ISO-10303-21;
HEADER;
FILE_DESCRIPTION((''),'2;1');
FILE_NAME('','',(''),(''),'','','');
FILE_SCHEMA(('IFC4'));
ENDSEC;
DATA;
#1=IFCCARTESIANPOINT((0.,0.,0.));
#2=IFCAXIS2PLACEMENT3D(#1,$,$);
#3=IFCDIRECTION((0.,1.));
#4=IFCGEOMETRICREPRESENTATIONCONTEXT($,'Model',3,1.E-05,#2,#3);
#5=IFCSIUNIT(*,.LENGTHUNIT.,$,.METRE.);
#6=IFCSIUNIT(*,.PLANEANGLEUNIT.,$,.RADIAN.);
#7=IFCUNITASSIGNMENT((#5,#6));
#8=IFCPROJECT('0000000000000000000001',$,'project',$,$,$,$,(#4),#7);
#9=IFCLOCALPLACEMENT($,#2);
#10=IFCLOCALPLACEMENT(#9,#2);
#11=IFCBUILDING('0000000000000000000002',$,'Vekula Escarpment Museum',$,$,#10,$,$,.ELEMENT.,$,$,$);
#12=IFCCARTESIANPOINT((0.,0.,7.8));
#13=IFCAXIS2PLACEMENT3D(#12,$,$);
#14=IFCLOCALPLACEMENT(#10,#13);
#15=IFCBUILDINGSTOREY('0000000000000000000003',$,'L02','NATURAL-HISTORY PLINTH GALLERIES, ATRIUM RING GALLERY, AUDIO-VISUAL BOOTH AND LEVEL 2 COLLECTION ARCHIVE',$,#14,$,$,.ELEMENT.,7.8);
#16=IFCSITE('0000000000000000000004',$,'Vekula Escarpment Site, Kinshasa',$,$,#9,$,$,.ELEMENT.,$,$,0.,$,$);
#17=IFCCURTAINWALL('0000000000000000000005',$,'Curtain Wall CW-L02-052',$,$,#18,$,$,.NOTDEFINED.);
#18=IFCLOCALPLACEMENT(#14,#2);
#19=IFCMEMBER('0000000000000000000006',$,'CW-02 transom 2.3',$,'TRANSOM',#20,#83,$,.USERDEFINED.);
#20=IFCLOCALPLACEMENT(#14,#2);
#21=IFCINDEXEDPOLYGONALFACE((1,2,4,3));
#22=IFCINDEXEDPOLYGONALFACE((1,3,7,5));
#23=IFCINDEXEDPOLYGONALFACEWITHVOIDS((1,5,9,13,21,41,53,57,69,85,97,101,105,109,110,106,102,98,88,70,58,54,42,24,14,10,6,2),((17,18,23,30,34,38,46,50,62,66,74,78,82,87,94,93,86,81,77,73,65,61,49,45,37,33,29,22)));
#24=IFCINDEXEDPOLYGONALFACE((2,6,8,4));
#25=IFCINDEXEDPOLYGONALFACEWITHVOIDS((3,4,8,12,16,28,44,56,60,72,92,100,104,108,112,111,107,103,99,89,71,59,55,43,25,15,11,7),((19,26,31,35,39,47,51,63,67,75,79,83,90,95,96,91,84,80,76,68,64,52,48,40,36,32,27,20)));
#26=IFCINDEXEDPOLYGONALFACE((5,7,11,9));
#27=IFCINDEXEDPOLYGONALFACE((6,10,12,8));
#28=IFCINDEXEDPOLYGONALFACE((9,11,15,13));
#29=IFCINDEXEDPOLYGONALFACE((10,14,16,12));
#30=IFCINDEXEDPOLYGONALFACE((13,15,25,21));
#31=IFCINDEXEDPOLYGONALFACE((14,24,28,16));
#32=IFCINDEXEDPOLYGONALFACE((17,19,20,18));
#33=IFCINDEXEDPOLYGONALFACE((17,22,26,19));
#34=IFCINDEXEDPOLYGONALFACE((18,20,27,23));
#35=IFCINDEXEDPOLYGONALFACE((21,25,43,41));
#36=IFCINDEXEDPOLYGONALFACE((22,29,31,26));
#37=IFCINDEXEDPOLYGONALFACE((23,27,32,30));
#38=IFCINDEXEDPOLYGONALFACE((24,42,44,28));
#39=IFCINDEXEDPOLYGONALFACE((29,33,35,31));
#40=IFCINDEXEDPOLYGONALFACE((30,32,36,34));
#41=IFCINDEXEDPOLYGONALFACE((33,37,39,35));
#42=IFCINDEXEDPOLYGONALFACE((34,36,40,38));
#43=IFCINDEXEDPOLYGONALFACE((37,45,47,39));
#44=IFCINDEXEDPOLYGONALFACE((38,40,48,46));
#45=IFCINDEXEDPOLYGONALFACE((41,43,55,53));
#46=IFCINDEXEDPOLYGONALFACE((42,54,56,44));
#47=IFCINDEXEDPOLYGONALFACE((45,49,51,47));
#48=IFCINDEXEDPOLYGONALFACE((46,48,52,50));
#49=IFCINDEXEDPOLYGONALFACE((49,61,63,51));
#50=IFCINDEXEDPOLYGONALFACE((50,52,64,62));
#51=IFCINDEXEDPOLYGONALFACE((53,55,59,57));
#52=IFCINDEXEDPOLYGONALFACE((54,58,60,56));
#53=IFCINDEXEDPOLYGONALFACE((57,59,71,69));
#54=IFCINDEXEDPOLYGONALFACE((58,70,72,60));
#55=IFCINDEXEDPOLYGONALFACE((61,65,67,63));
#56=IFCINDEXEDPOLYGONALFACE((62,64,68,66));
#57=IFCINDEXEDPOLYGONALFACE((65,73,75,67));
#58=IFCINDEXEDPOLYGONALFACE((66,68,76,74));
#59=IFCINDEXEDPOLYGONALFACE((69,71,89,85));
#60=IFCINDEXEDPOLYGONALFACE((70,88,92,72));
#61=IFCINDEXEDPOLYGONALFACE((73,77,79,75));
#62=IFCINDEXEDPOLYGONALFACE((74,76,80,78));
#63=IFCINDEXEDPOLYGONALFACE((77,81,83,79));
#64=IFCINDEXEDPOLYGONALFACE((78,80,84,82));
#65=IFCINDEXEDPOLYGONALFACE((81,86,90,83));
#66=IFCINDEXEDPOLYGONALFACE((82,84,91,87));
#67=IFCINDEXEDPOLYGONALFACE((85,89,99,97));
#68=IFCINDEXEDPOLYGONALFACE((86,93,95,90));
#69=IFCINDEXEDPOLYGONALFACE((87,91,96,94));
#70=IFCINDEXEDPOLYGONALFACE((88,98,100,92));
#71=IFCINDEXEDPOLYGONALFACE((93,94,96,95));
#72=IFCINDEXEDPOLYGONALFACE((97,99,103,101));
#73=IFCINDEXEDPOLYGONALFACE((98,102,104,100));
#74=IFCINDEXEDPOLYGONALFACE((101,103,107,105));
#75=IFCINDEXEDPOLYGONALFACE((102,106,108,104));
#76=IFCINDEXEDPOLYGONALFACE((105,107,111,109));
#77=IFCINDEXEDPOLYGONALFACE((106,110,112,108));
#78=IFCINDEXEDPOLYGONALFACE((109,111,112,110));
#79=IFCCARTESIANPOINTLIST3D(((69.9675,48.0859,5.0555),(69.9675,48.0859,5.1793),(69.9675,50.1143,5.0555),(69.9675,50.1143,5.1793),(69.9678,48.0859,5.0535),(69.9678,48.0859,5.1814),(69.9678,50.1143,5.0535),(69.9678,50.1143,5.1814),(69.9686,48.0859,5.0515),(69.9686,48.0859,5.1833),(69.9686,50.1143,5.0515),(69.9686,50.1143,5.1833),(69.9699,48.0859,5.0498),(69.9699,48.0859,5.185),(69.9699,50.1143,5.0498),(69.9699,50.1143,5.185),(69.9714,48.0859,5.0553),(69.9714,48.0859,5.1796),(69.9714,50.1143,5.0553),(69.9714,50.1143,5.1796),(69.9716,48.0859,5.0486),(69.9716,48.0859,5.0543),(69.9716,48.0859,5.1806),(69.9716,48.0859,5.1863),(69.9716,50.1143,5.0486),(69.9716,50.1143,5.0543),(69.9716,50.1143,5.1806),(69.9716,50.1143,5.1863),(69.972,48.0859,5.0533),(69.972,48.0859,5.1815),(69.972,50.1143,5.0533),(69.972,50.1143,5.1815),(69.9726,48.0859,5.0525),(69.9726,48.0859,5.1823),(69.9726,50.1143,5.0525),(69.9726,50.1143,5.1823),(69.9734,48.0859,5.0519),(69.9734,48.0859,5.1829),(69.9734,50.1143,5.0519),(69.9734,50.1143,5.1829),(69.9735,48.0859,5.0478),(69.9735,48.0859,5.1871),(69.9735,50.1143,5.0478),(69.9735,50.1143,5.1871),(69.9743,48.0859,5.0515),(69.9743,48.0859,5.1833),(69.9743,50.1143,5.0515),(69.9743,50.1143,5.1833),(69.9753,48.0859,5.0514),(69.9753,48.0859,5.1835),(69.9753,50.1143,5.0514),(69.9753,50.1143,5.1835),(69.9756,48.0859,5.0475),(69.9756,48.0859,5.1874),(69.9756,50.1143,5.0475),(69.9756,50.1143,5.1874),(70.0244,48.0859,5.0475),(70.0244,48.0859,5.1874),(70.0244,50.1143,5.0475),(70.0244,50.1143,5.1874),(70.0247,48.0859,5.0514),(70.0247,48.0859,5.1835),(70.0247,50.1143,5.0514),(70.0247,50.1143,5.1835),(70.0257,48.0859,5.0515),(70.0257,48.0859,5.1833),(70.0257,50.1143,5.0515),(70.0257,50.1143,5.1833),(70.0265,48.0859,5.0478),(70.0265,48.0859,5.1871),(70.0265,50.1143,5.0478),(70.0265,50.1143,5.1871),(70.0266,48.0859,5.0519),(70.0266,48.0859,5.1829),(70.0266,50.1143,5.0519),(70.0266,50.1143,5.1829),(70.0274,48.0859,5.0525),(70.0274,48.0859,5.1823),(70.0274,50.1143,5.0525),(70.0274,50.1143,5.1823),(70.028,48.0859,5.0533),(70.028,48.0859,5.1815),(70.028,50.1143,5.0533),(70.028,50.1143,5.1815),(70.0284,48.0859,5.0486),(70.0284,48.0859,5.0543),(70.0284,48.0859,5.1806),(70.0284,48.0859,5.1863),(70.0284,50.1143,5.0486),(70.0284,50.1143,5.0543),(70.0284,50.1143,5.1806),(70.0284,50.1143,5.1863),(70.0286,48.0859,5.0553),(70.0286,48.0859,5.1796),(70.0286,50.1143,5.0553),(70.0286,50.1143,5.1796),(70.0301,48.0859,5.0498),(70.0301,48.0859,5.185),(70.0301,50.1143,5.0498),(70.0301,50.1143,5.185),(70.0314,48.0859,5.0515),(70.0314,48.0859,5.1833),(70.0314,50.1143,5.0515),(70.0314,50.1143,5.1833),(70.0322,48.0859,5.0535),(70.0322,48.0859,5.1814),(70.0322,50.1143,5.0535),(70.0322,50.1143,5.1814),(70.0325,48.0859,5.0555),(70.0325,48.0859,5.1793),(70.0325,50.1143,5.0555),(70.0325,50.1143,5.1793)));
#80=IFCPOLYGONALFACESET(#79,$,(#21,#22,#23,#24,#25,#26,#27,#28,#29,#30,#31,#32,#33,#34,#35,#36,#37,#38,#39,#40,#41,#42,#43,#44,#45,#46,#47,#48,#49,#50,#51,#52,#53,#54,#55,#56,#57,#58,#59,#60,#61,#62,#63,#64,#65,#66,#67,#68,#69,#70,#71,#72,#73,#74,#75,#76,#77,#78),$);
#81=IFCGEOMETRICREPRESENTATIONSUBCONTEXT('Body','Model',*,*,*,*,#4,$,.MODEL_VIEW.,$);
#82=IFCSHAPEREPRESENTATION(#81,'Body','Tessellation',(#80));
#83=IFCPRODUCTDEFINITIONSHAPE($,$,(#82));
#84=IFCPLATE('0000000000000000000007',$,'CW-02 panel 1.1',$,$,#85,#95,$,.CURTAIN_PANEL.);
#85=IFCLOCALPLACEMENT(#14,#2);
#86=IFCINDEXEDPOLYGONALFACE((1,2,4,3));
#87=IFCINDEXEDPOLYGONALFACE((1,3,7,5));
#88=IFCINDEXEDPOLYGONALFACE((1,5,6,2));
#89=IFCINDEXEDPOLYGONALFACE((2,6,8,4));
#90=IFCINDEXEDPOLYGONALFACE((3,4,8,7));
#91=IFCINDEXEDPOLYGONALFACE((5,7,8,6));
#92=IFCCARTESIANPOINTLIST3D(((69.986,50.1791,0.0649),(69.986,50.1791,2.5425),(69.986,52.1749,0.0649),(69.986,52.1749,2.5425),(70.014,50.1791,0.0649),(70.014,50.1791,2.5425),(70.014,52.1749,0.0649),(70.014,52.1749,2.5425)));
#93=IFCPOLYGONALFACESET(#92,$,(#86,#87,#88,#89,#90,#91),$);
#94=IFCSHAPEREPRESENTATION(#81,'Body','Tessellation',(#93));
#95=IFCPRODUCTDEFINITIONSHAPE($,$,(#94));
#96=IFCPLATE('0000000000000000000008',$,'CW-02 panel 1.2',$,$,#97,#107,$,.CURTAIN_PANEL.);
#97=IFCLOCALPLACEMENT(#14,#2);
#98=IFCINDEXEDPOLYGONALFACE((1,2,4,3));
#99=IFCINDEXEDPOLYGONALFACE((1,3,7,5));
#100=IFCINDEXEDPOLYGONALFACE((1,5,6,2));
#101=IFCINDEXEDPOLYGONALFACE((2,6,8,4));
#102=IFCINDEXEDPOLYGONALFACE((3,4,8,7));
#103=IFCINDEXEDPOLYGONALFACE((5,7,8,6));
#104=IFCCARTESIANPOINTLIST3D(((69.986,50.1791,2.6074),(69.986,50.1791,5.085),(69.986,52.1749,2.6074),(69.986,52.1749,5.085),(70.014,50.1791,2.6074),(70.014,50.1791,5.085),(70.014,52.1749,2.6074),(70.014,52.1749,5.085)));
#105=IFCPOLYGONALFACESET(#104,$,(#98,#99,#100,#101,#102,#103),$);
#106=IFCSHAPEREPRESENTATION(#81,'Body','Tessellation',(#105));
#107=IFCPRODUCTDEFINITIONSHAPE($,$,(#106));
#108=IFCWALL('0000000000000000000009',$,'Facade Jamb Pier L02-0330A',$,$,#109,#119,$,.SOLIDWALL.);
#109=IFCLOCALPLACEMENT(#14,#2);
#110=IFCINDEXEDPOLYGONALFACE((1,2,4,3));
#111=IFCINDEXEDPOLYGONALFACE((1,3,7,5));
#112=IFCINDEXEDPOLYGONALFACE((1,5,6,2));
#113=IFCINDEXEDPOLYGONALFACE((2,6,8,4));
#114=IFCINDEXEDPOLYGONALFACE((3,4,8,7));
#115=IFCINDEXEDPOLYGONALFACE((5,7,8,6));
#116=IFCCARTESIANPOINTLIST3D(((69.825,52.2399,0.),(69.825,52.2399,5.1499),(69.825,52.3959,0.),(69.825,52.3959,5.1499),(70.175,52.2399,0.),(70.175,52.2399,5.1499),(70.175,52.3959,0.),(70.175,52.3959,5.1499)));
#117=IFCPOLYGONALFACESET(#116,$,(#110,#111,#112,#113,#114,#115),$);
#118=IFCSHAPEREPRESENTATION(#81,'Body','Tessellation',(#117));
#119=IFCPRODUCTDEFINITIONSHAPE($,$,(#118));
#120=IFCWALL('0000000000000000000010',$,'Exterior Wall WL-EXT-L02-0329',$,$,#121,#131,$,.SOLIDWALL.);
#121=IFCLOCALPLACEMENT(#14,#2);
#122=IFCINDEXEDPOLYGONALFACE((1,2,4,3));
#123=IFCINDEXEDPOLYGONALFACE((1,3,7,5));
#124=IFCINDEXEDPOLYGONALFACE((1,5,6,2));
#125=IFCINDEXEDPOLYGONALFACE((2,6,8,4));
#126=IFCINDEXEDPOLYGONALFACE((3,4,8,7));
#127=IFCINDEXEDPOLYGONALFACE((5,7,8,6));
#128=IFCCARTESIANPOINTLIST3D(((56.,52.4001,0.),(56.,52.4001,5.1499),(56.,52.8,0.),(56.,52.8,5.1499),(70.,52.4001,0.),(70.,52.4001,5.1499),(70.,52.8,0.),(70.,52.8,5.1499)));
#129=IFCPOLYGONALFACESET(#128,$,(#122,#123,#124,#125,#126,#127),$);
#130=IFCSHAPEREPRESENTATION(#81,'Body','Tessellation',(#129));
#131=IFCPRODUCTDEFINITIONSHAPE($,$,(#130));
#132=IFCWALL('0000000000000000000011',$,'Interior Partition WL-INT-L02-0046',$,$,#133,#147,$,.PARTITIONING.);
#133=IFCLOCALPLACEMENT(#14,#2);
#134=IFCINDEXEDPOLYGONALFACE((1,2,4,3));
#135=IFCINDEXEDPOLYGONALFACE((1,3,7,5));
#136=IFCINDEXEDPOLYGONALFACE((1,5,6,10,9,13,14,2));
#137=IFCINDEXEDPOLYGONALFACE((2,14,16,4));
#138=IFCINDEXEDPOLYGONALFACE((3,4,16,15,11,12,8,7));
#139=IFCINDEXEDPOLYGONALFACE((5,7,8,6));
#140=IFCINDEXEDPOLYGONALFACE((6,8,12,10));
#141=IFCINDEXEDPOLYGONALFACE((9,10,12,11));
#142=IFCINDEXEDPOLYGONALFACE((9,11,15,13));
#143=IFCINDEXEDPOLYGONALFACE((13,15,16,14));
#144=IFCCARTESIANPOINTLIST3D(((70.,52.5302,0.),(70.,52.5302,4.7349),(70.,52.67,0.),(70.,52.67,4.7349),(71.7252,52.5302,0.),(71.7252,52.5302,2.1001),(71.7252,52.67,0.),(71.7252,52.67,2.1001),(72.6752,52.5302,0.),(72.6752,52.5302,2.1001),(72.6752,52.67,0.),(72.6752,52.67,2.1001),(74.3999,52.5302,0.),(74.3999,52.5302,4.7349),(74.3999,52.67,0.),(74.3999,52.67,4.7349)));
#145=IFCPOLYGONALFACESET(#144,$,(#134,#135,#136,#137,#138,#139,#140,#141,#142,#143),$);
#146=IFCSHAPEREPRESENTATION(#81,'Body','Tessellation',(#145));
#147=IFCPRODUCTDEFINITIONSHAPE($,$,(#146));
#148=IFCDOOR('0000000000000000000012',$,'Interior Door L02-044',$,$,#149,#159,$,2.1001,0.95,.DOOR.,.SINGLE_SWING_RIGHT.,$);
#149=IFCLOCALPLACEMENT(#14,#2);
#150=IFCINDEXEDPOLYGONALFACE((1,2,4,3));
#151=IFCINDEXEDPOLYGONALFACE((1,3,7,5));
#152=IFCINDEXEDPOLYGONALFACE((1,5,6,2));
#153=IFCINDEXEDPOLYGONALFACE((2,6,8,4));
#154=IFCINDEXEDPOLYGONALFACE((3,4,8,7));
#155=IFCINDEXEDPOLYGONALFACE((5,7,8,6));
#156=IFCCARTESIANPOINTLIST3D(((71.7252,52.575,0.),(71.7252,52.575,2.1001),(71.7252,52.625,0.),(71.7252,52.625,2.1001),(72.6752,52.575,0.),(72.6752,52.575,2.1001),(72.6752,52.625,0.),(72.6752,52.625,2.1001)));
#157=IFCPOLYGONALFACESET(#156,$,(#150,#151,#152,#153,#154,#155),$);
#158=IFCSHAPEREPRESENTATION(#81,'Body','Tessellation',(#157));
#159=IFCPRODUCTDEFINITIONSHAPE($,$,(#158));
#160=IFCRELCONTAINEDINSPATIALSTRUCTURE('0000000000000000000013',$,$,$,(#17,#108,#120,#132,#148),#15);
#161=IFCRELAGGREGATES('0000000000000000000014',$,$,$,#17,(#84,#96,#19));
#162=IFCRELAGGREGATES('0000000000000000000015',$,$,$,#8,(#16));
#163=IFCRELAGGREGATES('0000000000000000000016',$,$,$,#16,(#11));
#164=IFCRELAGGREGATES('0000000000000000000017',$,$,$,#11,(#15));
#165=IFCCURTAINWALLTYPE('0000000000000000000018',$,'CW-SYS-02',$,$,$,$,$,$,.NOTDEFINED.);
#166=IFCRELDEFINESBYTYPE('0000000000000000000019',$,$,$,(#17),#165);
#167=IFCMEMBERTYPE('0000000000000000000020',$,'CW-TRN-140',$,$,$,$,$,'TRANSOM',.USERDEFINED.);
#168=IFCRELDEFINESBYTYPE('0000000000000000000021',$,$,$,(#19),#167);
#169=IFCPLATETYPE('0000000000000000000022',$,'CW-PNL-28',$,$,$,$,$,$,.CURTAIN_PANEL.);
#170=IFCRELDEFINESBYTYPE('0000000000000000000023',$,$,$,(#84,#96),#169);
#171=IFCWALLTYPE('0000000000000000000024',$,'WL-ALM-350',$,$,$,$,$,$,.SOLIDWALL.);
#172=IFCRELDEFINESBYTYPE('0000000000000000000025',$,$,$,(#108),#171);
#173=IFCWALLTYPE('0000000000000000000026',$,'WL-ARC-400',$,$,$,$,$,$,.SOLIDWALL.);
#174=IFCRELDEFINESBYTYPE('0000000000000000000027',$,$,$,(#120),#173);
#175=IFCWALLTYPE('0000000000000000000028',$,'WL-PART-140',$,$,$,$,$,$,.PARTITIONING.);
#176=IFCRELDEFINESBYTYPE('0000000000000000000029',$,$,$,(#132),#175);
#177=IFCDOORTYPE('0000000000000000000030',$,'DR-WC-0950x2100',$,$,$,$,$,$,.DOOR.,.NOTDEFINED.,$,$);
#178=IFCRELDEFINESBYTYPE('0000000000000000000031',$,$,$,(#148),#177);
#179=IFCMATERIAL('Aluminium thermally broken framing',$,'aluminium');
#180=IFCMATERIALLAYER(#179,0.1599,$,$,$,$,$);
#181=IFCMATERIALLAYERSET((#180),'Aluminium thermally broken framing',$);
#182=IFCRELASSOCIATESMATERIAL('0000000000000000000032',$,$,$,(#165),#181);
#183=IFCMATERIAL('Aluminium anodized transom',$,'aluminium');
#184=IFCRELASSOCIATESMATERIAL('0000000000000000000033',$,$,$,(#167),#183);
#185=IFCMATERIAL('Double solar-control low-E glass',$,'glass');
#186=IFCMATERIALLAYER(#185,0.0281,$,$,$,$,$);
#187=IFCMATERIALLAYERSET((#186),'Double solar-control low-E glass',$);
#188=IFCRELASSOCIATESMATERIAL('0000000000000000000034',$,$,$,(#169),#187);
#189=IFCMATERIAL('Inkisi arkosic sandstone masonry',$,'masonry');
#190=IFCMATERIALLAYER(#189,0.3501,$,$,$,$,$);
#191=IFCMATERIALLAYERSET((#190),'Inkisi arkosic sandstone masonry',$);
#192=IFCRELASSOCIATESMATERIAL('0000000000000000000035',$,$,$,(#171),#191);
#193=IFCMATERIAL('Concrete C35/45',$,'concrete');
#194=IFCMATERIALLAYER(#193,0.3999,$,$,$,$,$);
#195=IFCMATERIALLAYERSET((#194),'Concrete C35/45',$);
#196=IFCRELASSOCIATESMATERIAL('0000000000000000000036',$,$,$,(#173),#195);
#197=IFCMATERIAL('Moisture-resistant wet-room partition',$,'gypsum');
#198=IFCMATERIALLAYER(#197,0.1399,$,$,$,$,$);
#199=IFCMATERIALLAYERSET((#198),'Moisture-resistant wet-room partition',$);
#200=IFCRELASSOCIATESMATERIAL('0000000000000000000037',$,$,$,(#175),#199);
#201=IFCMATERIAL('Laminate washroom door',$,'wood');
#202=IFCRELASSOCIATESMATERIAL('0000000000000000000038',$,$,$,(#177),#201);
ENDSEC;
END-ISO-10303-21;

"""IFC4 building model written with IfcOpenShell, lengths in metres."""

from ifc_helpers import new_model, si_unit, direction, frame, frame_2d, origin, origin_2d, place, context, subcontext, project, spatial, rectangle, hollow_rectangle, extrude, material, layer, layer_set, material_profile, profile_set, type_object, element, fill, aggregate, save


model = new_model("IFC4")

# Units and contexts
model_context = context("Model", 3, precision=1e-05, world=origin(), true_north=direction((0.0, 1.0)))
body_context = subcontext(model_context, "Body", "Model", "MODEL_VIEW")
ifc_project = project(units=[si_unit("LENGTHUNIT", "METRE"), si_unit("PLANEANGLEUNIT", "RADIAN")], contexts=[model_context])

# Site, building, storey
site_placement = place(None, origin())
site = spatial("IfcSite", under=ifc_project, at=site_placement, Name="Vekula Escarpment Site, Kinshasa", CompositionType="ELEMENT", RefElevation=0.0)
building_placement = place(site_placement, origin())
building = spatial("IfcBuilding", under=site, at=building_placement, Name="Vekula Escarpment Museum", CompositionType="ELEMENT")
storey_placement = place(building_placement, frame((0.0, 0.0, 7.8)))
storey = spatial("IfcBuildingStorey", under=building, at=storey_placement, Name="L02", Description="NATURAL-HISTORY PLINTH GALLERIES, ATRIUM RING GALLERY, AUDIO-VISUAL BOOTH AND LEVEL 2 COLLECTION ARCHIVE", CompositionType="ELEMENT", Elevation=7.8)

# Curtain wall, member, plates
ifc_material_1 = material(Name="Aluminium thermally broken framing", Category="aluminium")
ifc_layer_1 = layer(ifc_material_1, 0.1599)
ifc_layer_set_1 = layer_set([ifc_layer_1], Name="Aluminium thermally broken framing")
curtain_wall_type = type_object("IfcCurtainWallType", Name="CW-SYS-02", PredefinedType="NOTDEFINED", material=ifc_layer_set_1)
curtain_wall_placement = place(storey_placement, origin())
curtain_wall = element("IfcCurtainWall", 1, at=curtain_wall_placement, inside=storey, type_object=curtain_wall_type, Name="Curtain Wall CW-L02-052", PredefinedType="NOTDEFINED")
ifc_material_2 = material(Name="Aluminium anodized transom", Category="aluminium")
ifc_material_profile_1 = material_profile(ifc_material_2, hollow_rectangle(XDim=0.0649, YDim=0.1399, WallThickness=0.0039, InnerFilletRadius=0.0039, OuterFilletRadius=0.0081, at=origin_2d()), Name="ALU 140x65x4")
ifc_profile_set_1 = profile_set([ifc_material_profile_1], Name="Aluminium anodized transom")
member_type_1 = type_object("IfcMemberType", Name="CW-TRN-140", ElementType="TRANSOM", PredefinedType="USERDEFINED", material=ifc_profile_set_1)
member_1_placement = place(storey_placement, frame((70.0, 50.1143, 5.1174), z_axis=(0.0, -1.0, 0.0), x_axis=(1.0, 0.0, 0.0)))
member_1 = element("IfcMember", 2, at=member_1_placement, type_object=member_type_1, Name="CW-02 transom 2.3", ObjectType="TRANSOM", PredefinedType="USERDEFINED", context=body_context, shape_type="SweptSolid", body=[
    extrude(hollow_rectangle(XDim=0.0649, YDim=0.1399, WallThickness=0.0039, InnerFilletRadius=0.0039, OuterFilletRadius=0.0081, at=origin_2d()), origin(), (0.0, 0.0, 1.0), 2.0283),
])
ifc_material_3 = material(Name="Double solar-control low-E glass", Category="glass")
ifc_layer_2 = layer(ifc_material_3, 0.0281)
ifc_layer_set_2 = layer_set([ifc_layer_2], Name="Double solar-control low-E glass")
plate_type = type_object("IfcPlateType", Name="CW-PNL-28", PredefinedType="CURTAIN_PANEL", material=ifc_layer_set_2)
plate_1_placement = place(storey_placement, frame((70.0, 51.177, 0.0649), z_axis=(0.0, 0.0, 1.0), x_axis=(0.0, -1.0, 0.0)))
plate_1 = element("IfcPlate", 3, at=plate_1_placement, type_object=plate_type, Name="CW-02 panel 1.1", PredefinedType="CURTAIN_PANEL", context=body_context, shape_type="SweptSolid", body=[
    extrude(rectangle(XDim=1.9958, YDim=0.0281, at=origin_2d()), origin(), (0.0, 0.0, 1.0), 2.4775),
])
plate_2_placement = place(storey_placement, frame((70.0, 51.177, 2.6074), z_axis=(0.0, 0.0, 1.0), x_axis=(0.0, -1.0, 0.0)))
plate_2 = element("IfcPlate", 4, at=plate_2_placement, type_object=plate_type, Name="CW-02 panel 1.2", PredefinedType="CURTAIN_PANEL", context=body_context, shape_type="SweptSolid", body=[
    extrude(rectangle(XDim=1.9958, YDim=0.0281, at=origin_2d()), origin(), (0.0, 0.0, 1.0), 2.4775),
])
aggregate(curtain_wall, [plate_1, plate_2, member_1])

# Walls
ifc_material_4 = material(Name="Inkisi arkosic sandstone masonry", Category="masonry")
ifc_layer_3 = layer(ifc_material_4, 0.3501)
ifc_layer_set_3 = layer_set([ifc_layer_3], Name="Inkisi arkosic sandstone masonry")
wall_type_1 = type_object("IfcWallType", Name="WL-ALM-350", PredefinedType="SOLIDWALL", material=ifc_layer_set_3)
wall_1_placement = place(storey_placement, frame((70.0, 52.396, 0.0), z_axis=(0.0, 0.0, 1.0), x_axis=(0.0, -1.0, 0.0)))
element("IfcWall", 5, at=wall_1_placement, inside=storey, type_object=wall_type_1, Name="Facade Jamb Pier L02-0330A", PredefinedType="SOLIDWALL", context=body_context, shape_type="SweptSolid", body=[
    extrude(rectangle(XDim=0.156, YDim=0.3501, at=frame_2d((0.0781, 0.0))), origin(), (0.0, 0.0, 1.0), 5.1499),
])
ifc_material_5 = material(Name="Concrete C35/45", Category="concrete")
ifc_layer_4 = layer(ifc_material_5, 0.3999)
ifc_layer_set_4 = layer_set([ifc_layer_4], Name="Concrete C35/45")
wall_type_2 = type_object("IfcWallType", Name="WL-ARC-400", PredefinedType="SOLIDWALL", material=ifc_layer_set_4)
wall_2_placement = place(storey_placement, frame((70.0, 52.6001, 0.0), z_axis=(0.0, 0.0, 1.0), x_axis=(-1.0, 0.0, 0.0)))
element("IfcWall", 6, at=wall_2_placement, inside=storey, type_object=wall_type_2, Name="Exterior Wall WL-EXT-L02-0329", PredefinedType="SOLIDWALL", context=body_context, shape_type="SweptSolid", body=[
    extrude(rectangle(XDim=14.0, YDim=0.3999, at=frame_2d((7.0, 0.0))), origin(), (0.0, 0.0, 1.0), 5.1499),
])

# Wall, opening, door
ifc_material_6 = material(Name="Moisture-resistant wet-room partition", Category="gypsum")
ifc_layer_5 = layer(ifc_material_6, 0.1399)
ifc_layer_set_5 = layer_set([ifc_layer_5], Name="Moisture-resistant wet-room partition")
wall_type_3 = type_object("IfcWallType", Name="WL-PART-140", PredefinedType="PARTITIONING", material=ifc_layer_set_5)
wall_3_placement = place(storey_placement, frame((70.0, 52.6001, 0.0), z_axis=(0.0, 0.0, 1.0), x_axis=(1.0, 0.0, 0.0)))
wall_3 = element("IfcWall", 7, at=wall_3_placement, inside=storey, type_object=wall_type_3, Name="Interior Partition WL-INT-L02-0046", PredefinedType="PARTITIONING", context=body_context, shape_type="SweptSolid", body=[
    extrude(rectangle(XDim=4.3999, YDim=0.1399, at=frame_2d((2.2, 0.0))), origin(), (0.0, 0.0, 1.0), 4.7349),
])
opening_1_placement = place(wall_3_placement, frame((1.7251, 0.0, 0.0)))
opening_1 = element("IfcOpeningElement", 8, at=opening_1_placement, cuts=wall_3, PredefinedType="OPENING", context=body_context, shape_type="SweptSolid", body=[
    extrude(rectangle(XDim=0.95, YDim=2.1001, at=frame_2d((0.4751, 1.05))), frame((0.0, 0.0798, 0.0), z_axis=(0.0, -1.0, 0.0), x_axis=(1.0, 0.0, 0.0)), (0.0, 0.0, 1.0), 0.1599),
])
ifc_material_7 = material(Name="Laminate washroom door", Category="wood")
door_type_1 = type_object("IfcDoorType", Name="DR-WC-0950x2100", OperationType="NOTDEFINED", PredefinedType="DOOR", material=ifc_material_7)
door_1_placement = place(opening_1_placement, origin())
door_1 = element("IfcDoor", 9, at=door_1_placement, inside=storey, type_object=door_type_1, Name="Interior Door L02-044", OperationType="SINGLE_SWING_RIGHT", OverallHeight=2.1001, OverallWidth=0.95, PredefinedType="DOOR", context=body_context, shape_type="SweptSolid", body=[
    extrude(rectangle(XDim=0.95, YDim=2.1001, at=frame_2d((0.4751, 1.05))), frame((0.0, 0.0249, 0.0), z_axis=(0.0, -1.0, 0.0), x_axis=(1.0, 0.0, 0.0)), (0.0, 0.0, 1.0), 0.05),
])
fill(opening_1, door_1)

save(model, "model.ifc")
